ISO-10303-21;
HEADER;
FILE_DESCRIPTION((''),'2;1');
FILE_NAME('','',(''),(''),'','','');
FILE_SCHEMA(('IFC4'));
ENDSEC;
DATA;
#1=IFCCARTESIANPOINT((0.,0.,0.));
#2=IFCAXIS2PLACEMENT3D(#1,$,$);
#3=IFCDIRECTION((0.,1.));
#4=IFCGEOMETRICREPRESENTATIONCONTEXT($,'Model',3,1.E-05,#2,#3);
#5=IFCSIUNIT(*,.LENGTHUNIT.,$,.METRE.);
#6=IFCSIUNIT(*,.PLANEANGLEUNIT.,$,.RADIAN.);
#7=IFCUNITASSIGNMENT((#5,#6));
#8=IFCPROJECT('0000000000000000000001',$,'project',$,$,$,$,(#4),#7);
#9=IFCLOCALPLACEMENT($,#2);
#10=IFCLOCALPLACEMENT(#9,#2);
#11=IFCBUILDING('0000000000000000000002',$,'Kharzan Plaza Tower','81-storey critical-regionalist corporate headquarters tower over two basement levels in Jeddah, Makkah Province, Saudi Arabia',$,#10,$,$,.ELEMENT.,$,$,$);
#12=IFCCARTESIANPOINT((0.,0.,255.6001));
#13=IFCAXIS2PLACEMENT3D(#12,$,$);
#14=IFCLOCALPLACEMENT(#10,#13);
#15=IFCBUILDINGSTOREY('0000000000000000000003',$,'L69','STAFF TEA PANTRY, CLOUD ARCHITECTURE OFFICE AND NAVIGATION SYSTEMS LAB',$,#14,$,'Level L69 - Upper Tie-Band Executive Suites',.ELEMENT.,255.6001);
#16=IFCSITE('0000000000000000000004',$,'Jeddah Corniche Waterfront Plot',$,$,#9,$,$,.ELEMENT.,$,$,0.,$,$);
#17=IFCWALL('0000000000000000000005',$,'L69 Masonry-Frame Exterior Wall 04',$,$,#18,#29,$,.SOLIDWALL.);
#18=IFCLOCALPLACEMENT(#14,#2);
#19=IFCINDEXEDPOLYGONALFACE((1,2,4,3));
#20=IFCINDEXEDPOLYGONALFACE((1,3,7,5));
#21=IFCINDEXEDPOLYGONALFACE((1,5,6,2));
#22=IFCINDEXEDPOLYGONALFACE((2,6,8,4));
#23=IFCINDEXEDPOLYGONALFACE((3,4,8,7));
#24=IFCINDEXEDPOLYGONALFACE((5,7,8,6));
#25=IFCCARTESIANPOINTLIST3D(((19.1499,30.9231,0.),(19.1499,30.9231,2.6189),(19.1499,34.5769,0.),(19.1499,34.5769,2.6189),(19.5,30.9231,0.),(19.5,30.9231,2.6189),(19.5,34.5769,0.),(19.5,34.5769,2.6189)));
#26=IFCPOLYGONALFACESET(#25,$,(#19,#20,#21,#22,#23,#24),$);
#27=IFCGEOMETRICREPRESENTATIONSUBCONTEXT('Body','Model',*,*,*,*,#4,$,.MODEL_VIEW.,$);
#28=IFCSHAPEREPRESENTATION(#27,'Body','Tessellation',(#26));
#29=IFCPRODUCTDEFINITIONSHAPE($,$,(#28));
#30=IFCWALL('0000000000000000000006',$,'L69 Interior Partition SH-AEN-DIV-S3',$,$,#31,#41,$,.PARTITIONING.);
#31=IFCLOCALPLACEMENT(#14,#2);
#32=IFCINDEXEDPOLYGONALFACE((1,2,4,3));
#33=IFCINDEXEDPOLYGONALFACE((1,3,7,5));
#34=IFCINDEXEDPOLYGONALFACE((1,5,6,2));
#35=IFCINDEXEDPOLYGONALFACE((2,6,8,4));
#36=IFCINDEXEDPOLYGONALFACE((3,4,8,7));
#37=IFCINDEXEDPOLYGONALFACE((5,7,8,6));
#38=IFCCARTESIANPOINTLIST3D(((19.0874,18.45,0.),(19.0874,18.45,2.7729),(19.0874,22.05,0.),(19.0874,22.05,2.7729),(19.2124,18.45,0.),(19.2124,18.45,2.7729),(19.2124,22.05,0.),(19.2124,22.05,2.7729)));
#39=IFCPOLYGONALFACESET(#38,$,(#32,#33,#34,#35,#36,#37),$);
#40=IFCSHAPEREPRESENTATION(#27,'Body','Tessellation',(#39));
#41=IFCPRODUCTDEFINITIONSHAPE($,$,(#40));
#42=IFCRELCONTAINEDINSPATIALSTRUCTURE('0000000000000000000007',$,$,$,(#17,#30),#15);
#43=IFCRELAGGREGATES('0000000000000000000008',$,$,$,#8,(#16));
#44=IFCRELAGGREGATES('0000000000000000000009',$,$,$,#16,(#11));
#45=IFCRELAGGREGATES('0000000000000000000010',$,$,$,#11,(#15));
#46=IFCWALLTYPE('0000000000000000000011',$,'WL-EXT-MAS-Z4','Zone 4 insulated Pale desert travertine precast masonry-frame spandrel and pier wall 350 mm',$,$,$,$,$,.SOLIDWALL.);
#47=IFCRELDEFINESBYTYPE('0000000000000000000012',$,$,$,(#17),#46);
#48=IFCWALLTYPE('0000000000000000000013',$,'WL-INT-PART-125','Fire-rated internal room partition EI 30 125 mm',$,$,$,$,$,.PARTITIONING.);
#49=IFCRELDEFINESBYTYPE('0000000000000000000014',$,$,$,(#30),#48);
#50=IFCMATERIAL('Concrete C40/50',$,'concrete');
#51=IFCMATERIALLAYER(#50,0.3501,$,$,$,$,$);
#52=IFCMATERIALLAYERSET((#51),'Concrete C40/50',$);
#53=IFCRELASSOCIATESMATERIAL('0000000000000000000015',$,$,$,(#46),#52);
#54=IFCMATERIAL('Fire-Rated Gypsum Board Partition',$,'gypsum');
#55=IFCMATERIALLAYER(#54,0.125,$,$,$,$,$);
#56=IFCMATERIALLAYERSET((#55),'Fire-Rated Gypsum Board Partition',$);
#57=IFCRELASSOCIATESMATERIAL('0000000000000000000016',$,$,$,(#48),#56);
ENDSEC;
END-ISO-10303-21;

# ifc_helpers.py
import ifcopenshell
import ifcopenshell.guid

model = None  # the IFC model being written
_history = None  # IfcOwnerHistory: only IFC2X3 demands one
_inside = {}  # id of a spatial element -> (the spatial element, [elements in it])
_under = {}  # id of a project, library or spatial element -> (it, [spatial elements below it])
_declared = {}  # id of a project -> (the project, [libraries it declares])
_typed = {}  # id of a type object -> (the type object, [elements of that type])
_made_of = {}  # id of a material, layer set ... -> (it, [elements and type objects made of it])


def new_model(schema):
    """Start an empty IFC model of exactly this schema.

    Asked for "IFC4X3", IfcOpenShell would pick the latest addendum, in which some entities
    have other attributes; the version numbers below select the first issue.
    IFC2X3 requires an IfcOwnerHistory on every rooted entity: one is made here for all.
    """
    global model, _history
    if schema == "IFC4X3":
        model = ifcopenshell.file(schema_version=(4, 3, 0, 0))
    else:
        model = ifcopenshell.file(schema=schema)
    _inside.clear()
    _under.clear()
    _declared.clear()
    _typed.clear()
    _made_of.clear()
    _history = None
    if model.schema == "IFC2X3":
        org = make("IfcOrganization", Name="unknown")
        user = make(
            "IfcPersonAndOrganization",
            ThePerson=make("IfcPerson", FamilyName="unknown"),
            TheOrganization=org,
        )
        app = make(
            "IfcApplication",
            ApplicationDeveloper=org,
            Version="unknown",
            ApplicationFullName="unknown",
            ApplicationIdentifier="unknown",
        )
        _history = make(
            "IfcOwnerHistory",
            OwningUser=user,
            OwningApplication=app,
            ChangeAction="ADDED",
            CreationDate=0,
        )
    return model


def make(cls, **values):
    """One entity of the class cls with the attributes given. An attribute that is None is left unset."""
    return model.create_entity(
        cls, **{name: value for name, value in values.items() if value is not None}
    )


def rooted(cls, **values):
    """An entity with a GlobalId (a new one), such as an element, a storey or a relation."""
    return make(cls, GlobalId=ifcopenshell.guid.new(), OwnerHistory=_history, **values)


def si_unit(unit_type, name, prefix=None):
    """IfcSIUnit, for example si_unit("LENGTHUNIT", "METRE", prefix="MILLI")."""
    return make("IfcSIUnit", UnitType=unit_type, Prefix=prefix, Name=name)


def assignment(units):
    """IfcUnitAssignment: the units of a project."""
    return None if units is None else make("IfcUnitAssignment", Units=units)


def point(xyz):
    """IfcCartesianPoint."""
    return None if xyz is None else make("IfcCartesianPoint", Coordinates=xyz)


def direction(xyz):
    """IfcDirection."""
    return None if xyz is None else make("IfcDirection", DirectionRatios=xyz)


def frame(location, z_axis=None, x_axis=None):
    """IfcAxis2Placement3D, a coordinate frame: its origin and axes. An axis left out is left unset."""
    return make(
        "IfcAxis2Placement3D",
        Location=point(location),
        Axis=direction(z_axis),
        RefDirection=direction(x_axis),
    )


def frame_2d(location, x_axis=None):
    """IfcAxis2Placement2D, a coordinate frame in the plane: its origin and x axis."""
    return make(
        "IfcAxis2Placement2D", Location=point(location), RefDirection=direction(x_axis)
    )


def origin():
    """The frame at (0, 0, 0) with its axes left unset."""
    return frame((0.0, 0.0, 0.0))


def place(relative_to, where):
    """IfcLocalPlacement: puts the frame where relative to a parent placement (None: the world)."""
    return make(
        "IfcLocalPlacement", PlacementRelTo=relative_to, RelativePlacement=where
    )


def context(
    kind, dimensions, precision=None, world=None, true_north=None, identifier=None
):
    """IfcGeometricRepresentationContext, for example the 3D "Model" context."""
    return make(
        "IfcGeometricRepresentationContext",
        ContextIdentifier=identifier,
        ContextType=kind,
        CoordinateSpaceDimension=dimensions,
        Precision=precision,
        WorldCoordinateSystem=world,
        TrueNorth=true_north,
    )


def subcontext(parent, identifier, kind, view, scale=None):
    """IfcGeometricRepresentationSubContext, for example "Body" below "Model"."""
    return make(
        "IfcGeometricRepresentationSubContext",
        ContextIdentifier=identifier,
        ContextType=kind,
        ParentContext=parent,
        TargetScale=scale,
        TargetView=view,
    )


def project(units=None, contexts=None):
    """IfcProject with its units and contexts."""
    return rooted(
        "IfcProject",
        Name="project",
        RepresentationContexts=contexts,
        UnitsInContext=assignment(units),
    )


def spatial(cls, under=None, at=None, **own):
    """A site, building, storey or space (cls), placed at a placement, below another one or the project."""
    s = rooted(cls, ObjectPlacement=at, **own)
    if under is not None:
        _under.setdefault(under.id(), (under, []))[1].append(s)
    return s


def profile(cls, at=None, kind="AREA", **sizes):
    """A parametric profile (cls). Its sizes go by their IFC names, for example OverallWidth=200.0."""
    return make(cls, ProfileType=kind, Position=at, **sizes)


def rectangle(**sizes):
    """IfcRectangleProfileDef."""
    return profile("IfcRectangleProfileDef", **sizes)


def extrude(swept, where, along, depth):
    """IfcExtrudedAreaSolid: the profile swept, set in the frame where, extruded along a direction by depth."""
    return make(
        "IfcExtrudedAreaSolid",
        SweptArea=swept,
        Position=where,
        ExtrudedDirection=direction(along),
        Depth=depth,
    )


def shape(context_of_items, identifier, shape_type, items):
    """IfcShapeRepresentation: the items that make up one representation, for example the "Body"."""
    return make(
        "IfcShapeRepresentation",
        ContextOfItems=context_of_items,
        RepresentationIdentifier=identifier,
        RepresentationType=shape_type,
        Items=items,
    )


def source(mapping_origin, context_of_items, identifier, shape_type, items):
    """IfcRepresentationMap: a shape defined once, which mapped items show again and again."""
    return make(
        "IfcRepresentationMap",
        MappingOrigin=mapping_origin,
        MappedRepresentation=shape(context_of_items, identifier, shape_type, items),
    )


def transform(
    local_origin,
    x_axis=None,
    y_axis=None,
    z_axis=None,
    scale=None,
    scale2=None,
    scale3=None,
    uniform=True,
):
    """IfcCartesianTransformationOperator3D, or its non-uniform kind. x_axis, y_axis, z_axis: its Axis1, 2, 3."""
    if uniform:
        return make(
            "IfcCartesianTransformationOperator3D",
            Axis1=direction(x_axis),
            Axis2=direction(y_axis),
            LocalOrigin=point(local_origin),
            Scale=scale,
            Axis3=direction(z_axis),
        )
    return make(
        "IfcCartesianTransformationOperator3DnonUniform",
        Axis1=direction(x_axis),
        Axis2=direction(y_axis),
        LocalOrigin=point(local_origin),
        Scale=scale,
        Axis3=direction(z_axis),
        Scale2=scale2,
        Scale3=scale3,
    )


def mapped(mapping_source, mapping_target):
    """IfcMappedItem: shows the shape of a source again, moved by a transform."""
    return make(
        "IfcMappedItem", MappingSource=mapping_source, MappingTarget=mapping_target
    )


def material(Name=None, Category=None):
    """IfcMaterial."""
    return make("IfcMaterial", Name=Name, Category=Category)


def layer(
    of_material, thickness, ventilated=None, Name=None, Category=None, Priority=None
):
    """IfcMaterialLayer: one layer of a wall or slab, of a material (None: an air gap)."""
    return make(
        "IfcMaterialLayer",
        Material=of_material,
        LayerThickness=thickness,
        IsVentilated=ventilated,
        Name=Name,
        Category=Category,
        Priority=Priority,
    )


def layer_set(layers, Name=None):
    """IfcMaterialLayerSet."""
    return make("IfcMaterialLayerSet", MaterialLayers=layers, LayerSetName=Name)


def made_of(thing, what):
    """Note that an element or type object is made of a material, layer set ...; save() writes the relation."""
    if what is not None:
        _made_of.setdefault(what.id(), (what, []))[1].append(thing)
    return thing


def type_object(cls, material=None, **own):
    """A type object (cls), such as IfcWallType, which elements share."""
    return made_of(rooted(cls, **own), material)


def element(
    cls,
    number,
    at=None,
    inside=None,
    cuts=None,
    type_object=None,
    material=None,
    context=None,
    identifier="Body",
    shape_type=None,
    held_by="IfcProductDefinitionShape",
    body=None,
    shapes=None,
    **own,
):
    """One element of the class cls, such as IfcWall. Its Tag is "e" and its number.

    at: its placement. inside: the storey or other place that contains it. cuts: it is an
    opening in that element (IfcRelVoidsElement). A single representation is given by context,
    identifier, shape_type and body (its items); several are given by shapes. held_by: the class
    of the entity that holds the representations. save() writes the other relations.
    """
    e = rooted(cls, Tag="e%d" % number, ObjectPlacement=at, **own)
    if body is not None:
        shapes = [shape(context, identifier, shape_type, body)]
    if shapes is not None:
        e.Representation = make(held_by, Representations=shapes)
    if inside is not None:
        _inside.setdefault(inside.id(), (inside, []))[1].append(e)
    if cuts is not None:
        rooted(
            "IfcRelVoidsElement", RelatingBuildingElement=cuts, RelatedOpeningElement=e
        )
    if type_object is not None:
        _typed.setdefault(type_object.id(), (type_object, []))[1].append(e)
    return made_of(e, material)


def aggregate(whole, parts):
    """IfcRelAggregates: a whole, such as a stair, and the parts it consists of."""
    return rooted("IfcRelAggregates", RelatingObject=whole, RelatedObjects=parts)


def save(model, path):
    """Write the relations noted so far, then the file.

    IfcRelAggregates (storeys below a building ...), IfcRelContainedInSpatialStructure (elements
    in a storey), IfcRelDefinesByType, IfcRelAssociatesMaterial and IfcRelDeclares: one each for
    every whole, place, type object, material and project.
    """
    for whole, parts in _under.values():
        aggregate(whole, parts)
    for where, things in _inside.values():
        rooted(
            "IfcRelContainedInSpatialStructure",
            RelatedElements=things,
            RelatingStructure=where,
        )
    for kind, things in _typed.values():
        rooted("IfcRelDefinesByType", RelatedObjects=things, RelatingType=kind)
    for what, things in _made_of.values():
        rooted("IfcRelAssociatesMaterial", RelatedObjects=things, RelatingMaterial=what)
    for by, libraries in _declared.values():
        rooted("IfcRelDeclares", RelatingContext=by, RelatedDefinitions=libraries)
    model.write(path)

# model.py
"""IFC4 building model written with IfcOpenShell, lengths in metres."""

from ifc_helpers import new_model, si_unit, direction, frame, frame_2d, origin, place, context, subcontext, project, spatial, rectangle, extrude, source, transform, mapped, material, layer, layer_set, type_object, element, save


model = new_model("IFC4")

# Units and contexts
model_context = context("Model", 3, precision=1e-05, world=origin(), true_north=direction((0.0, 1.0)))
body_context = subcontext(model_context, "Body", "Model", "MODEL_VIEW")
ifc_project = project(units=[si_unit("LENGTHUNIT", "METRE"), si_unit("PLANEANGLEUNIT", "RADIAN")], contexts=[model_context])

# Site, building, storey
site_placement = place(None, origin())
site = spatial("IfcSite", under=ifc_project, at=site_placement, Name="Jeddah Corniche Waterfront Plot", CompositionType="ELEMENT", RefElevation=0.0)
building_placement = place(site_placement, origin())
building = spatial("IfcBuilding", under=site, at=building_placement, Name="Kharzan Plaza Tower", Description="81-storey critical-regionalist corporate headquarters tower over two basement levels in Jeddah, Makkah Province, Saudi Arabia", CompositionType="ELEMENT")
storey_placement = place(building_placement, frame((0.0, 0.0, 255.6001)))
storey = spatial("IfcBuildingStorey", under=building, at=storey_placement, Name="L69", Description="STAFF TEA PANTRY, CLOUD ARCHITECTURE OFFICE AND NAVIGATION SYSTEMS LAB", LongName="Level L69 - Upper Tie-Band Executive Suites", CompositionType="ELEMENT", Elevation=255.6001)

# Shared definitions
ifc_material_1 = material(Name="Concrete C40/50", Category="concrete")
ifc_layer_1 = layer(ifc_material_1, 0.3501)
ifc_layer_set_1 = layer_set([ifc_layer_1], Name="Concrete C40/50")
wall_type_1 = type_object("IfcWallType", Name="WL-EXT-MAS-Z4", Description="Zone 4 insulated Pale desert travertine precast masonry-frame spandrel and pier wall 350 mm", PredefinedType="SOLIDWALL", material=ifc_layer_set_1)

# Shared definitions
ifc_material_2 = material(Name="Fire-Rated Gypsum Board Partition", Category="gypsum")
ifc_layer_2 = layer(ifc_material_2, 0.125)
ifc_layer_set_2 = layer_set([ifc_layer_2], Name="Fire-Rated Gypsum Board Partition")
wall_type_2 = type_object("IfcWallType", Name="WL-INT-PART-125", Description="Fire-rated internal room partition EI 30 125 mm", PredefinedType="PARTITIONING", material=ifc_layer_set_2)

# Walls
shared_shape_1 = source(origin(), body_context, "Body", "SweptSolid", [
    extrude(rectangle(XDim=3.6538, YDim=0.3501, at=frame_2d((1.8269, 0.0))), origin(), (0.0, 0.0, 1.0), 2.6189),
])
wall_1_placement = place(storey_placement, frame((19.325, 30.9231, 0.0), z_axis=(0.0, 0.0, 1.0), x_axis=(0.0, 1.0, 0.0)))
element("IfcWall", 1, at=wall_1_placement, inside=storey, type_object=wall_type_1, Name="L69 Masonry-Frame Exterior Wall 04", PredefinedType="SOLIDWALL", context=body_context, shape_type="MappedRepresentation", body=[
    mapped(shared_shape_1, transform((0.0, 0.0, 0.0), x_axis=(1.0, 0.0, 0.0), y_axis=(0.0, 1.0, 0.0), z_axis=(0.0, 0.0, 1.0))),
])
shared_shape_2 = source(origin(), body_context, "Body", "SweptSolid", [
    extrude(rectangle(XDim=3.6001, YDim=0.125, at=frame_2d((1.8, 0.0))), origin(), (0.0, 0.0, 1.0), 2.7729),
])
wall_2_placement = place(storey_placement, frame((19.1499, 18.45, 0.0), z_axis=(0.0, 0.0, 1.0), x_axis=(0.0, 1.0, 0.0)))
element("IfcWall", 2, at=wall_2_placement, inside=storey, type_object=wall_type_2, Name="L69 Interior Partition SH-AEN-DIV-S3", PredefinedType="PARTITIONING", context=body_context, shape_type="MappedRepresentation", body=[
    mapped(shared_shape_2, transform((0.0, 0.0, 0.0), x_axis=(1.0, 0.0, 0.0), y_axis=(0.0, 1.0, 0.0), z_axis=(0.0, 0.0, 1.0))),
])

save(model, "model.ifc")
